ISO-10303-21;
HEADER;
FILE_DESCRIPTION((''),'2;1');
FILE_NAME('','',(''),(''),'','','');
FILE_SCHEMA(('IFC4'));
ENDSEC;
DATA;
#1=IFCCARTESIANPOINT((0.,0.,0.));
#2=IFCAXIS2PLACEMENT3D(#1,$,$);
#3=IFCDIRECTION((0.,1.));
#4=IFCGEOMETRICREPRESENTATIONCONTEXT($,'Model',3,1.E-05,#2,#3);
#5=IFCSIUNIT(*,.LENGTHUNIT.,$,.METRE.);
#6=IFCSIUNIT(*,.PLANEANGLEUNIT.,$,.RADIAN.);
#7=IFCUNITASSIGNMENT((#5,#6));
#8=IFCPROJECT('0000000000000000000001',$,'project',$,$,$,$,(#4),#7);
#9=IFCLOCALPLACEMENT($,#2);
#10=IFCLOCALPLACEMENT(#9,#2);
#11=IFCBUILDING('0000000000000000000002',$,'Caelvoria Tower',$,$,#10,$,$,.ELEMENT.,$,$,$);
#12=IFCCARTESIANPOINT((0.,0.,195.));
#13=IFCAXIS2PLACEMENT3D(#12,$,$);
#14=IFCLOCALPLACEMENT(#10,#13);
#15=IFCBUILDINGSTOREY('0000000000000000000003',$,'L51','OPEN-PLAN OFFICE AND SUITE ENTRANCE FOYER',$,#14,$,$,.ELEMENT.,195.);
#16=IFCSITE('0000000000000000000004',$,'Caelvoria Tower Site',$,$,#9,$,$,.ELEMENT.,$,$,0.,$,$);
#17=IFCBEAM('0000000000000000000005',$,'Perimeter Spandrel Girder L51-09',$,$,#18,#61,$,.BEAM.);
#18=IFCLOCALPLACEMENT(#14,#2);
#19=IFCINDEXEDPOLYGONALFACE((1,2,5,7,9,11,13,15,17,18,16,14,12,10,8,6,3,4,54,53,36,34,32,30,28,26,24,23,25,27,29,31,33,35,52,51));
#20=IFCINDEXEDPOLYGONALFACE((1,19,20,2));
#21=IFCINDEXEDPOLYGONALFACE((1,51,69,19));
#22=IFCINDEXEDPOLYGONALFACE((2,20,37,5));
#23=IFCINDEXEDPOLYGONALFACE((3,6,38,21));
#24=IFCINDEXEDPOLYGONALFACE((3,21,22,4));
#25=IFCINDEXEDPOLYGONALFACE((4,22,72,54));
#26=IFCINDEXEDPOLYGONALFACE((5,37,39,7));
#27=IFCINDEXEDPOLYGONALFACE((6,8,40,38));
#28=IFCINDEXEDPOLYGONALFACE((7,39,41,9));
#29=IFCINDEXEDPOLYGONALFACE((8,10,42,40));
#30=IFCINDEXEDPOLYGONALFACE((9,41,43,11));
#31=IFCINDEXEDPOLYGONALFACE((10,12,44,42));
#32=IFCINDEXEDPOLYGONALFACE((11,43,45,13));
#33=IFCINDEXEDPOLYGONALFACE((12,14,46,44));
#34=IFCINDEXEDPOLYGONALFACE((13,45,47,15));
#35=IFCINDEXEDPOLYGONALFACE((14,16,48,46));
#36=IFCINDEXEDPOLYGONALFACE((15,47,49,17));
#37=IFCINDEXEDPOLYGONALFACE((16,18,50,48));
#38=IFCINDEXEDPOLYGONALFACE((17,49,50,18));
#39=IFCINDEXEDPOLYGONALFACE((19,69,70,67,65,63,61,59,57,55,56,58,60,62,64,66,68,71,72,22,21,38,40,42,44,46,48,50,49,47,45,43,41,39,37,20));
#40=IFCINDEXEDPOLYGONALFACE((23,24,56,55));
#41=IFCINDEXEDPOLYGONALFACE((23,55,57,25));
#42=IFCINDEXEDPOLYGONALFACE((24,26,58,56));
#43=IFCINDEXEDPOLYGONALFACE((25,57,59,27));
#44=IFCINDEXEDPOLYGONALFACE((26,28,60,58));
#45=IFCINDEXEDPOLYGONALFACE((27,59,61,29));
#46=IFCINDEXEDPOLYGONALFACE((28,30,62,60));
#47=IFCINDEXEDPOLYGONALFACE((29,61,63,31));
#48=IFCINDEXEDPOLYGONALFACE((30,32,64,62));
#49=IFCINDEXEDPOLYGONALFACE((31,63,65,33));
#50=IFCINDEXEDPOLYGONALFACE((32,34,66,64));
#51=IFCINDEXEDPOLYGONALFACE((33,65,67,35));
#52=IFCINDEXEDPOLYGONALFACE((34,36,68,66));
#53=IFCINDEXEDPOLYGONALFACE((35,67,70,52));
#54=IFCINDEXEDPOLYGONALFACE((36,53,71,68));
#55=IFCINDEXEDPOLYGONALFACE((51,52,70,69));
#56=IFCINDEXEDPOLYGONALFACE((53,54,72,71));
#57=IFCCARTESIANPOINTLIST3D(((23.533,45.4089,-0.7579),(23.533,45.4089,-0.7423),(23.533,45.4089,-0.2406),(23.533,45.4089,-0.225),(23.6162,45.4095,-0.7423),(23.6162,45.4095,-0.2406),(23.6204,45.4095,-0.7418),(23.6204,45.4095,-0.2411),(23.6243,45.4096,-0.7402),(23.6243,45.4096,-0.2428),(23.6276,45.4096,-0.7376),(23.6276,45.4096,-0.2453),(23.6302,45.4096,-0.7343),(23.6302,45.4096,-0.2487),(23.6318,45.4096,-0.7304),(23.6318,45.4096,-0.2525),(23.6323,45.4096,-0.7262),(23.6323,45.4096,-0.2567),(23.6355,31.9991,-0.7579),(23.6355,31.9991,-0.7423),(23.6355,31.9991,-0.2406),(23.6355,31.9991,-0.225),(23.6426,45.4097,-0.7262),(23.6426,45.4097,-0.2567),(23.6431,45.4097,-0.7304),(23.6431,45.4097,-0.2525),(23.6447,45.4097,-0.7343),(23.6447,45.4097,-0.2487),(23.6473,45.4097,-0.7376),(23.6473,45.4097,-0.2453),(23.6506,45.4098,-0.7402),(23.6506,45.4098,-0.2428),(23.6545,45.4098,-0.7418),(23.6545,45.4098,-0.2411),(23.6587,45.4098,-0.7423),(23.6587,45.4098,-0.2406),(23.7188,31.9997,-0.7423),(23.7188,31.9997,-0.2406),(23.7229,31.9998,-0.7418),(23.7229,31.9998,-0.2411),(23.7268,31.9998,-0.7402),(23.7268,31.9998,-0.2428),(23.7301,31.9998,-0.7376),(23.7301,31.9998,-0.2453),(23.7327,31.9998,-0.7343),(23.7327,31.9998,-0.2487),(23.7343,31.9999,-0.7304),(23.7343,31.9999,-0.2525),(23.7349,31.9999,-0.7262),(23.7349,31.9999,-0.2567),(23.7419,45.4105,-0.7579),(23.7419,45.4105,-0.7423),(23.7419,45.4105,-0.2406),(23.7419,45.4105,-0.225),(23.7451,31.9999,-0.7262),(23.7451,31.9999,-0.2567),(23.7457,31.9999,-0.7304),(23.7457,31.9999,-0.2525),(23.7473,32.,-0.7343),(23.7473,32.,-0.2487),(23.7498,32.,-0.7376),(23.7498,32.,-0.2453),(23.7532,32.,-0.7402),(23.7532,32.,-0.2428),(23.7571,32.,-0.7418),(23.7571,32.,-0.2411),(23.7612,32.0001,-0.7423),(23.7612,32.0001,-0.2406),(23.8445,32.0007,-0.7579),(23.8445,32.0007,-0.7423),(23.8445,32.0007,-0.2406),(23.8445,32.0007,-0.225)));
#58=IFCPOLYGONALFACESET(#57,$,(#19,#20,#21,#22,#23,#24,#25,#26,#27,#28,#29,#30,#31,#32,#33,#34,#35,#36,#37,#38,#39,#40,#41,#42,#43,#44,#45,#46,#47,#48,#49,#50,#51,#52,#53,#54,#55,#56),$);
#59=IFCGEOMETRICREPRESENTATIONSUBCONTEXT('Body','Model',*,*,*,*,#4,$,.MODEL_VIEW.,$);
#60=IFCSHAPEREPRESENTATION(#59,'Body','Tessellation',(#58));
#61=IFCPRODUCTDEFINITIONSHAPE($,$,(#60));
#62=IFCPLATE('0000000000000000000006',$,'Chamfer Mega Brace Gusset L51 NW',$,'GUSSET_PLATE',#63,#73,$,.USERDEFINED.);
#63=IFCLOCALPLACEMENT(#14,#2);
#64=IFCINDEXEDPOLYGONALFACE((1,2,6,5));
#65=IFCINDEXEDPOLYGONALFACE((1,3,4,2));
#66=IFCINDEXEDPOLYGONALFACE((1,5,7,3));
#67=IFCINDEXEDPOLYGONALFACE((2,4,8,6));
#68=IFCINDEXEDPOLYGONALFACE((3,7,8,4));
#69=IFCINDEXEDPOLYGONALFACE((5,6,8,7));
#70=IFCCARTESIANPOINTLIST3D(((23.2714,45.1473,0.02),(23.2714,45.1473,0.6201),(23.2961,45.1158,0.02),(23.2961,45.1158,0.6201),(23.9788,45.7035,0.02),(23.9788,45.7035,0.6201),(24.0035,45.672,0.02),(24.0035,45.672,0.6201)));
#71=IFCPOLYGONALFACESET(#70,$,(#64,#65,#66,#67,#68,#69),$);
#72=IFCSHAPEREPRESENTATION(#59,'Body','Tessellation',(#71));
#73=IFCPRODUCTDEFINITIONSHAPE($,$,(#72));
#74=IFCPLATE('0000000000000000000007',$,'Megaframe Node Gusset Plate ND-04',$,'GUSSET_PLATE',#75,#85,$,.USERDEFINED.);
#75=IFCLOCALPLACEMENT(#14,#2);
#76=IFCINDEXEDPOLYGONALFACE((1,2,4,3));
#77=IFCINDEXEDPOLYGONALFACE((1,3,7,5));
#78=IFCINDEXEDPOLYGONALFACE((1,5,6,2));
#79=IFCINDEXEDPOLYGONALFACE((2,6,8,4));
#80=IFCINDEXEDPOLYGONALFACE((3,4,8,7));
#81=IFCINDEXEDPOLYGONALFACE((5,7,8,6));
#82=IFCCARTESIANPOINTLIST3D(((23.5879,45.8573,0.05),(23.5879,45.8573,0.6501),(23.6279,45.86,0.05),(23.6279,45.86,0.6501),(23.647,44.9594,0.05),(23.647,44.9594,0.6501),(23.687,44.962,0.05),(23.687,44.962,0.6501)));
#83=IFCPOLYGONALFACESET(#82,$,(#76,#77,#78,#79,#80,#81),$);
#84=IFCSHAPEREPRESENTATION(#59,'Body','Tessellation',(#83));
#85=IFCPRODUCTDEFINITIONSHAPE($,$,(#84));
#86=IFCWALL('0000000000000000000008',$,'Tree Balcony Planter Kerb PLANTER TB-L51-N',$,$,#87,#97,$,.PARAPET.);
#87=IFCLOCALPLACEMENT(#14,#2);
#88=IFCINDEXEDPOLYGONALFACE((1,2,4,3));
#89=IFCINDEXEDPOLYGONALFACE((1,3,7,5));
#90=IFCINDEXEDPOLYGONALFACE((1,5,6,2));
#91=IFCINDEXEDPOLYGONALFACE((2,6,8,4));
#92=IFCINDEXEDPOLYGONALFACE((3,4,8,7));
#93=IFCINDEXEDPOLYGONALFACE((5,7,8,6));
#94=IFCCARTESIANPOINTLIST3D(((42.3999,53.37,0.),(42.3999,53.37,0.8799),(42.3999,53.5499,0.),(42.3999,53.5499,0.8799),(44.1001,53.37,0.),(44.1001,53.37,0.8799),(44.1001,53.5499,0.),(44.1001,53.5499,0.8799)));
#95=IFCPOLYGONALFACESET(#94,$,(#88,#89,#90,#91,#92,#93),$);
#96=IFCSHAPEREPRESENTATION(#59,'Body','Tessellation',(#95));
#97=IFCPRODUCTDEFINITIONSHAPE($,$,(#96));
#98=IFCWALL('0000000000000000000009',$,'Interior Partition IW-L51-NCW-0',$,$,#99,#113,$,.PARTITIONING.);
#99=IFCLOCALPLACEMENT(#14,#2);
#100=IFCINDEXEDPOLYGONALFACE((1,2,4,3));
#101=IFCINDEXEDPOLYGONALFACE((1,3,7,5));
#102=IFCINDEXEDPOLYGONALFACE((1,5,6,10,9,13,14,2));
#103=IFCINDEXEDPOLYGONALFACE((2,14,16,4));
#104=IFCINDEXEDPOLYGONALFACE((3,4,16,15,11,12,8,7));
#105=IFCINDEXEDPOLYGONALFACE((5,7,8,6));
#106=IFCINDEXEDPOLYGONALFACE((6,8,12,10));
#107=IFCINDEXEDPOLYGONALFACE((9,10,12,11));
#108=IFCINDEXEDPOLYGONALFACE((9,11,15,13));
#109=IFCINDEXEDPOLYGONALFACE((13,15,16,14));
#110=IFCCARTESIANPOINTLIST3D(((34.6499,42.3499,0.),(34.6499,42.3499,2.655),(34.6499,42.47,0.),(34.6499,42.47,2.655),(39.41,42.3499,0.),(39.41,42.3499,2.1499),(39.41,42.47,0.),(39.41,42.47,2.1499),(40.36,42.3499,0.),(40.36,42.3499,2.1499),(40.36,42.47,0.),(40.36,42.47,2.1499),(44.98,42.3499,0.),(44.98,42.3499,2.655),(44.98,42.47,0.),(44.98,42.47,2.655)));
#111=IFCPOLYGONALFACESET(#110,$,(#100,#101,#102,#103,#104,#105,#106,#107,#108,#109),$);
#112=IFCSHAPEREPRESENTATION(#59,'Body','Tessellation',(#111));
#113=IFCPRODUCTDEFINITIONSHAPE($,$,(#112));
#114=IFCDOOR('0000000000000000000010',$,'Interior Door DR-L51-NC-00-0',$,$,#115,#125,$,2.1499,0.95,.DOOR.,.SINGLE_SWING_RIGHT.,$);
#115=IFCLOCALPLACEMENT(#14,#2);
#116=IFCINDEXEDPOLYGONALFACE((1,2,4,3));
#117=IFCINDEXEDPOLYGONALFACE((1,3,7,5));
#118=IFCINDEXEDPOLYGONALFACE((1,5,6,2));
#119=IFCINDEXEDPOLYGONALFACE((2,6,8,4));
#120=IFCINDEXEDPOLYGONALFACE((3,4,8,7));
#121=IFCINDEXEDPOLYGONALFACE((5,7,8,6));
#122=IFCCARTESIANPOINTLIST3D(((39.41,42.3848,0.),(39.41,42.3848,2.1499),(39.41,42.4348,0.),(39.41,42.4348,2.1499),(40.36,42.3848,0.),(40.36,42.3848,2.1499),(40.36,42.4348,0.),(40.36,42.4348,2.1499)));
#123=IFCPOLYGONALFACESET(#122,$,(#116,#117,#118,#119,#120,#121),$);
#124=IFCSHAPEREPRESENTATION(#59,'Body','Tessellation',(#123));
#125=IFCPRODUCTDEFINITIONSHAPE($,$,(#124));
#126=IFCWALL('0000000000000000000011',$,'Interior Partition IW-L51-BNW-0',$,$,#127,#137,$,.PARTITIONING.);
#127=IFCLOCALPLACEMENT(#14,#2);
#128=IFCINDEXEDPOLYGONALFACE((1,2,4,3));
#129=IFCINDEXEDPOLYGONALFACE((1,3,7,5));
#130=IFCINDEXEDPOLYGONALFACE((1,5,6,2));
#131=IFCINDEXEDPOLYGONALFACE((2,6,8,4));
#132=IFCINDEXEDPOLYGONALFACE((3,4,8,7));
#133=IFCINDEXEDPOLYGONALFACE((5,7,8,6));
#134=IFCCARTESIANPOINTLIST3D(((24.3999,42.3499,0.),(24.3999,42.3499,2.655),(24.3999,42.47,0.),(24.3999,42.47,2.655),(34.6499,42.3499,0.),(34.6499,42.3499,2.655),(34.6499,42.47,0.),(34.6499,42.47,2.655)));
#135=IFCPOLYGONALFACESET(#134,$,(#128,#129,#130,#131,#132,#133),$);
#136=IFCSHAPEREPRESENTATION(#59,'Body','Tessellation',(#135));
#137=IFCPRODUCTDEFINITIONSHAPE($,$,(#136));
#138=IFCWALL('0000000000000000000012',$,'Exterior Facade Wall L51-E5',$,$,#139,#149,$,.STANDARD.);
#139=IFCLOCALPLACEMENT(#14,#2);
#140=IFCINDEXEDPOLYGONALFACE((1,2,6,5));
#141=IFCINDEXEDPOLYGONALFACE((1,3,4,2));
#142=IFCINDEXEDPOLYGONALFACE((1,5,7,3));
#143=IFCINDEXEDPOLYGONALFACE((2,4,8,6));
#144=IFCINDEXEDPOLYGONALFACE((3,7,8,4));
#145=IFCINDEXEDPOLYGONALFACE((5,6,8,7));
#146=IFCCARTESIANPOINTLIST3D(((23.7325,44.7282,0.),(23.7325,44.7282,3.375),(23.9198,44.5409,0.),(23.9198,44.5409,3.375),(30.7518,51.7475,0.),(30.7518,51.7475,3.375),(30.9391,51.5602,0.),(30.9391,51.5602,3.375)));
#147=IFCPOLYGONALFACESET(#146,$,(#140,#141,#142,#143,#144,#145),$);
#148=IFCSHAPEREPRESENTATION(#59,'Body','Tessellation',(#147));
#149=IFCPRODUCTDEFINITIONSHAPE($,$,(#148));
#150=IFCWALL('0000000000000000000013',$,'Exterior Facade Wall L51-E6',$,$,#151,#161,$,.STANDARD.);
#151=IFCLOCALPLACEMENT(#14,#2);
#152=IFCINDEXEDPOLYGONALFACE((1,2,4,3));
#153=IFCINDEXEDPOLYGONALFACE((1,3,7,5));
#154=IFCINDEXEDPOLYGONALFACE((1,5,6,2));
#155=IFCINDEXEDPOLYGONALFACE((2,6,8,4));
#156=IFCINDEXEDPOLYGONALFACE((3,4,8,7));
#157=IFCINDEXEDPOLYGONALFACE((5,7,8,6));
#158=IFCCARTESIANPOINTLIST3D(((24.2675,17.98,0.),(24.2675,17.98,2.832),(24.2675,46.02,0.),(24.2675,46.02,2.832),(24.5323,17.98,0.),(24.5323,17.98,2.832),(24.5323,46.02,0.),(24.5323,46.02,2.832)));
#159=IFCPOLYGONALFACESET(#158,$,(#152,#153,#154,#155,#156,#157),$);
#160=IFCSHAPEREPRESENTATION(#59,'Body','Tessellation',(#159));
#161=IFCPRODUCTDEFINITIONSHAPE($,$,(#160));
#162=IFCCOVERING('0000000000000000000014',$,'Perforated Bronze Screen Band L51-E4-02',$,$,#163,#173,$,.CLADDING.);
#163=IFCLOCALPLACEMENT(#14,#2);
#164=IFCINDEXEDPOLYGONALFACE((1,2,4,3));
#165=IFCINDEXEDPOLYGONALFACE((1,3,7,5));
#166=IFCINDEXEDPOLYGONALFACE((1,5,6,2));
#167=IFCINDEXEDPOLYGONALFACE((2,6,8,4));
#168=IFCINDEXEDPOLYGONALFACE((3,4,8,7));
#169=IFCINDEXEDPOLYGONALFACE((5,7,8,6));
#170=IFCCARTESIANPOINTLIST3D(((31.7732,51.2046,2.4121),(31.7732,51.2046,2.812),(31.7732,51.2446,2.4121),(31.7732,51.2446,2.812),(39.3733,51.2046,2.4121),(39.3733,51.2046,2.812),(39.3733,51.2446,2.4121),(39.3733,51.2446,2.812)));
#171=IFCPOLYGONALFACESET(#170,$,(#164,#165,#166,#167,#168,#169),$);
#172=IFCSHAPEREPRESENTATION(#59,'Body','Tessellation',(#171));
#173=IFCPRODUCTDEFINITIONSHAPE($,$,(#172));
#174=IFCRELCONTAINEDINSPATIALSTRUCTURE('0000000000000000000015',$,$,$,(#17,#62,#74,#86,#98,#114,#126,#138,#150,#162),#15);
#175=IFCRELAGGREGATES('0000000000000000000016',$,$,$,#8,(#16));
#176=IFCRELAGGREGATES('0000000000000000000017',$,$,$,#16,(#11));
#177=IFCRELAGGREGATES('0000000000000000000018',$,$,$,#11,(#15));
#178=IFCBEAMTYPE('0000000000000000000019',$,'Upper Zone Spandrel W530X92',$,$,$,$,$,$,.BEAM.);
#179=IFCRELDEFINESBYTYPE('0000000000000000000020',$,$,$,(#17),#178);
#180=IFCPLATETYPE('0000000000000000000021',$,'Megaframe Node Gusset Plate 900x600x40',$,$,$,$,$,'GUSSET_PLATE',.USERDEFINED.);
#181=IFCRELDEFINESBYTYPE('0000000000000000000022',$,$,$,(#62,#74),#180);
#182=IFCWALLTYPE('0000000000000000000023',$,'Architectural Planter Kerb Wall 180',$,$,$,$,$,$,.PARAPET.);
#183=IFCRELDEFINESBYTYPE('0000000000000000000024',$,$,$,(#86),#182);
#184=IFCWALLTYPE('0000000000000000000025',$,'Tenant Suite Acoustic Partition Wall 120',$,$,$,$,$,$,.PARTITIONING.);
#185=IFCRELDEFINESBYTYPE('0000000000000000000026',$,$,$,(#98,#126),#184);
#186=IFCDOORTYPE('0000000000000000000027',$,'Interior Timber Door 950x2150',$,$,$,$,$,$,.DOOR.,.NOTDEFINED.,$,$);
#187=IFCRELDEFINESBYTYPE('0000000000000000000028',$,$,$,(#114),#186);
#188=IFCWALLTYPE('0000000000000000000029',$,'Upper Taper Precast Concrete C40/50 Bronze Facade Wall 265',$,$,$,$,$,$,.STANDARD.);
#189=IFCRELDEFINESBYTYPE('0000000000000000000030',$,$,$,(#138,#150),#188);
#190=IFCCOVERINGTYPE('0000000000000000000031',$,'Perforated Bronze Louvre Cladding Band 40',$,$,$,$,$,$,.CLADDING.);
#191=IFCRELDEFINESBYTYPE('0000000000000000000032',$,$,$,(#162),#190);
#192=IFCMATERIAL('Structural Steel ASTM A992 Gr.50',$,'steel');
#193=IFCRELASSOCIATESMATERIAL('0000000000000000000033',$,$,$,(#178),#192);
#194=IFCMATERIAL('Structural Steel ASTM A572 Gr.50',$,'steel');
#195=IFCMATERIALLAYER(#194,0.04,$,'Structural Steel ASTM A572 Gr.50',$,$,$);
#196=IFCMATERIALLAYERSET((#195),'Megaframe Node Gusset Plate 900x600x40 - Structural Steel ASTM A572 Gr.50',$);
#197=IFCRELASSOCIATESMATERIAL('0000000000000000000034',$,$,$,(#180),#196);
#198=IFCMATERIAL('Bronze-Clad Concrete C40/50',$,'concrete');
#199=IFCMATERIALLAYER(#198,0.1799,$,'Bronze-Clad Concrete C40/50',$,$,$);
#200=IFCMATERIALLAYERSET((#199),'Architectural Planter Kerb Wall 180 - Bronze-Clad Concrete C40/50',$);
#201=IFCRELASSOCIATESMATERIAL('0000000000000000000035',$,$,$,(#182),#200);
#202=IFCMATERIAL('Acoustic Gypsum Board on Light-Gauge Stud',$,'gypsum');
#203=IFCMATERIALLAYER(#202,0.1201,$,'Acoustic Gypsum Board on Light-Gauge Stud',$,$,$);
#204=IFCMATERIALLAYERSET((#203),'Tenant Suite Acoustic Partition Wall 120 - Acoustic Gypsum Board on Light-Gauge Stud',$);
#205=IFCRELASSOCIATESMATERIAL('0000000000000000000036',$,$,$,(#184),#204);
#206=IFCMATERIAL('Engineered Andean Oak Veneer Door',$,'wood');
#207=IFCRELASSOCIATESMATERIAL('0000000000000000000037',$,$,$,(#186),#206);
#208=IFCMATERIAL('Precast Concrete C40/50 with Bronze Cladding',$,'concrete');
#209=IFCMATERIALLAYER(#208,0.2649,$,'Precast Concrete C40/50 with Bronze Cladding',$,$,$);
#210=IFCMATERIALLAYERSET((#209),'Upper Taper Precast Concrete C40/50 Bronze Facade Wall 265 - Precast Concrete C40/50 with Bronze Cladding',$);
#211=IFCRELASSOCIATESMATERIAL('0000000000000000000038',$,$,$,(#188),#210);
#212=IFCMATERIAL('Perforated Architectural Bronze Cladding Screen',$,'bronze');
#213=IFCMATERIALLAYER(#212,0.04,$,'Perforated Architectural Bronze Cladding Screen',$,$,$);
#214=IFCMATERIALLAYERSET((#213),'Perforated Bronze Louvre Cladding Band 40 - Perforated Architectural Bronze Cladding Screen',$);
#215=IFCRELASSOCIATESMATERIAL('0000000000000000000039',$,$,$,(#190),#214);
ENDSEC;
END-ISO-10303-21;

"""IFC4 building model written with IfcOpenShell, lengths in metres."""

from ifc_helpers import new_model, si_unit, direction, frame, frame_2d, origin, origin_2d, place, context, subcontext, project, spatial, rectangle, i_section, extrude, material, layer, layer_set, material_profile, profile_set, type_object, element, fill, save


model = new_model("IFC4")

# Units and contexts
model_context = context("Model", 3, precision=1e-05, world=origin(), true_north=direction((0.0, 1.0)))
body_context = subcontext(model_context, "Body", "Model", "MODEL_VIEW")
ifc_project = project(units=[si_unit("LENGTHUNIT", "METRE"), si_unit("PLANEANGLEUNIT", "RADIAN")], contexts=[model_context])

# Site, building, storey
site_placement = place(None, origin())
site = spatial("IfcSite", under=ifc_project, at=site_placement, Name="Caelvoria Tower Site", CompositionType="ELEMENT", RefElevation=0.0)
building_placement = place(site_placement, origin())
building = spatial("IfcBuilding", under=site, at=building_placement, Name="Caelvoria Tower", CompositionType="ELEMENT")
storey_placement = place(building_placement, frame((0.0, 0.0, 195.0)))
storey = spatial("IfcBuildingStorey", under=building, at=storey_placement, Name="L51", Description="OPEN-PLAN OFFICE AND SUITE ENTRANCE FOYER", CompositionType="ELEMENT", Elevation=195.0)

# Shared definitions
ifc_material_1 = material(Name="Structural Steel ASTM A572 Gr.50", Category="steel")

# Shared definitions
ifc_material_2 = material(Name="Structural Steel ASTM A992 Gr.50", Category="steel")

# Beam
ifc_material_profile_1 = material_profile(ifc_material_2, i_section(OverallWidth=0.209, OverallDepth=0.533, WebThickness=0.0103, FlangeThickness=0.0156, FilletRadius=0.0161, at=origin_2d()), Name="Structural Steel ASTM A992 Gr.50")
ifc_profile_set_1 = profile_set([ifc_material_profile_1], Name="W530X92 - Structural Steel ASTM A992 Gr.50")
beam_type_1 = type_object("IfcBeamType", Name="Upper Zone Spandrel W530X92", PredefinedType="BEAM", material=ifc_profile_set_1)
beam_1_placement = place(storey_placement, frame((23.6375, 45.4097, -0.4915), z_axis=(0.007646, -0.999971, 0.0), x_axis=(0.999971, 0.007646, 0.0)))
element("IfcBeam", 1, at=beam_1_placement, inside=storey, type_object=beam_type_1, Name="Perimeter Spandrel Girder L51-09", PredefinedType="BEAM", context=body_context, shape_type="SweptSolid", body=[
    extrude(i_section(OverallWidth=0.209, OverallDepth=0.533, WebThickness=0.0103, FlangeThickness=0.0156, FilletRadius=0.0161, at=origin_2d()), origin(), (0.0, 0.0, 1.0), 13.4102),
])

# Plates
ifc_layer_1 = layer(ifc_material_1, 0.04, Name="Structural Steel ASTM A572 Gr.50")
ifc_layer_set_1 = layer_set([ifc_layer_1], Name="Megaframe Node Gusset Plate 900x600x40 - Structural Steel ASTM A572 Gr.50")
plate_type = type_object("IfcPlateType", Name="Megaframe Node Gusset Plate 900x600x40", ElementType="GUSSET_PLATE", PredefinedType="USERDEFINED", material=ifc_layer_set_1)
for number, where, z_axis, x_axis, name in (
    (2, (23.6375, 45.4097, 0.02), (0.0, 0.0, 1.0), (0.786103, 0.618096, 0.0), "Chamfer Mega Brace Gusset L51 NW"),
    (3, (23.6375, 45.4097, 0.05), (0.0, 0.0, 1.0), (0.065668, -0.997842, 0.0), "Megaframe Node Gusset Plate ND-04"),
):
    element("IfcPlate", number, at=place(storey_placement, frame(where, z_axis=z_axis, x_axis=x_axis)), inside=storey, type_object=plate_type, Name=name, ObjectType="GUSSET_PLATE", PredefinedType="USERDEFINED", context=body_context, shape_type="SweptSolid", body=[
        extrude(rectangle(XDim=0.8999, YDim=0.04, at=origin_2d()), origin(), (0.0, 0.0, 1.0), 0.6001),
    ])

# Wall
ifc_material_3 = material(Name="Bronze-Clad Concrete C40/50", Category="concrete")
ifc_layer_2 = layer(ifc_material_3, 0.1799, Name="Bronze-Clad Concrete C40/50")
ifc_layer_set_2 = layer_set([ifc_layer_2], Name="Architectural Planter Kerb Wall 180 - Bronze-Clad Concrete C40/50")
wall_type_1 = type_object("IfcWallType", Name="Architectural Planter Kerb Wall 180", PredefinedType="PARAPET", material=ifc_layer_set_2)
wall_1_placement = place(storey_placement, frame((42.3999, 53.46, 0.0), z_axis=(0.0, 0.0, 1.0), x_axis=(1.0, 0.0, 0.0)))
element("IfcWall", 4, at=wall_1_placement, inside=storey, type_object=wall_type_1, Name="Tree Balcony Planter Kerb PLANTER TB-L51-N", PredefinedType="PARAPET", context=body_context, shape_type="SweptSolid", body=[
    extrude(rectangle(XDim=1.7002, YDim=0.1799, at=frame_2d((0.8501, 0.0))), origin(), (0.0, 0.0, 1.0), 0.8799),
])

# Wall, opening, door
ifc_material_4 = material(Name="Acoustic Gypsum Board on Light-Gauge Stud", Category="gypsum")
ifc_layer_3 = layer(ifc_material_4, 0.1201, Name="Acoustic Gypsum Board on Light-Gauge Stud")
ifc_layer_set_3 = layer_set([ifc_layer_3], Name="Tenant Suite Acoustic Partition Wall 120 - Acoustic Gypsum Board on Light-Gauge Stud")
wall_type_2 = type_object("IfcWallType", Name="Tenant Suite Acoustic Partition Wall 120", PredefinedType="PARTITIONING", material=ifc_layer_set_3)
wall_2_placement = place(storey_placement, frame((34.6499, 42.4099, 0.0), z_axis=(0.0, 0.0, 1.0), x_axis=(1.0, 0.0, 0.0)))
wall_2 = element("IfcWall", 5, at=wall_2_placement, inside=storey, type_object=wall_type_2, Name="Interior Partition IW-L51-NCW-0", PredefinedType="PARTITIONING", context=body_context, shape_type="SweptSolid", body=[
    extrude(rectangle(XDim=10.3301, YDim=0.1201, at=frame_2d((5.165, 0.0))), origin(), (0.0, 0.0, 1.0), 2.655),
])
opening_placement = place(wall_2_placement, frame((4.76, 0.0, 0.0)))
opening = element("IfcOpeningElement", 6, at=opening_placement, cuts=wall_2, PredefinedType="OPENING", context=body_context, shape_type="SweptSolid", body=[
    extrude(rectangle(XDim=0.95, YDim=2.1499, at=frame_2d((0.4751, 1.075))), frame((0.0, 0.0701, 0.0), z_axis=(0.0, -1.0, 0.0), x_axis=(1.0, 0.0, 0.0)), (0.0, 0.0, 1.0), 0.1401),
])
ifc_material_5 = material(Name="Engineered Andean Oak Veneer Door", Category="wood")
door_type = type_object("IfcDoorType", Name="Interior Timber Door 950x2150", OperationType="NOTDEFINED", PredefinedType="DOOR", material=ifc_material_5)
door_placement = place(opening_placement, origin())
door = element("IfcDoor", 7, at=door_placement, inside=storey, type_object=door_type, Name="Interior Door DR-L51-NC-00-0", OperationType="SINGLE_SWING_RIGHT", OverallHeight=2.1499, OverallWidth=0.95, PredefinedType="DOOR", context=body_context, shape_type="SweptSolid", body=[
    extrude(rectangle(XDim=0.95, YDim=2.1499, at=frame_2d((0.4751, 1.075))), frame((0.0, 0.0249, 0.0), z_axis=(0.0, -1.0, 0.0), x_axis=(1.0, 0.0, 0.0)), (0.0, 0.0, 1.0), 0.05),
])
fill(opening, door)

# Walls
wall_3_placement = place(storey_placement, frame((34.6499, 42.4099, 0.0), z_axis=(0.0, 0.0, 1.0), x_axis=(-1.0, 0.0, 0.0)))
element("IfcWall", 8, at=wall_3_placement, inside=storey, type_object=wall_type_2, Name="Interior Partition IW-L51-BNW-0", PredefinedType="PARTITIONING", context=body_context, shape_type="SweptSolid", body=[
    extrude(rectangle(XDim=10.25, YDim=0.1201, at=frame_2d((5.125, 0.0))), origin(), (0.0, 0.0, 1.0), 2.655),
])
ifc_material_6 = material(Name="Precast Concrete C40/50 with Bronze Cladding", Category="concrete")
ifc_layer_4 = layer(ifc_material_6, 0.2649, Name="Precast Concrete C40/50 with Bronze Cladding")
ifc_layer_set_4 = layer_set([ifc_layer_4], Name="Upper Taper Precast Concrete C40/50 Bronze Facade Wall 265 - Precast Concrete C40/50 with Bronze Cladding")
wall_type_3 = type_object("IfcWallType", Name="Upper Taper Precast Concrete C40/50 Bronze Facade Wall 265", PredefinedType="STANDARD", material=ifc_layer_set_4)
wall_4_placement = place(storey_placement, frame((30.8455, 51.6538, 0.0), z_axis=(0.0, 0.0, 1.0), x_axis=(-0.707107, -0.707107, 0.0)))
element("IfcWall", 9, at=wall_4_placement, inside=storey, type_object=wall_type_3, Name="Exterior Facade Wall L51-E5", PredefinedType="STANDARD", context=body_context, shape_type="SweptSolid", body=[
    extrude(rectangle(XDim=9.9268, YDim=0.2649, at=frame_2d((4.9634, 0.0))), origin(), (0.0, 0.0, 1.0), 3.375),
])
wall_5_placement = place(storey_placement, frame((24.3999, 46.02, 0.0), z_axis=(0.0, 0.0, 1.0), x_axis=(0.0, -1.0, 0.0)))
element("IfcWall", 10, at=wall_5_placement, inside=storey, type_object=wall_type_3, Name="Exterior Facade Wall L51-E6", PredefinedType="STANDARD", context=body_context, shape_type="SweptSolid", body=[
    extrude(rectangle(XDim=28.04, YDim=0.2649, at=frame_2d((14.02, 0.0))), origin(), (0.0, 0.0, 1.0), 2.832),
])

# Covering
ifc_material_7 = material(Name="Perforated Architectural Bronze Cladding Screen", Category="bronze")
ifc_layer_5 = layer(ifc_material_7, 0.04, Name="Perforated Architectural Bronze Cladding Screen")
ifc_layer_set_5 = layer_set([ifc_layer_5], Name="Perforated Bronze Louvre Cladding Band 40 - Perforated Architectural Bronze Cladding Screen")
covering_type = type_object("IfcCoveringType", Name="Perforated Bronze Louvre Cladding Band 40", PredefinedType="CLADDING", material=ifc_layer_set_5)
covering_1_placement = place(storey_placement, frame((35.5732, 51.2246, 2.4121), z_axis=(0.0, 0.0, 1.0), x_axis=(-1.0, 0.0, 0.0)))
element("IfcCovering", 11, at=covering_1_placement, inside=storey, type_object=covering_type, Name="Perforated Bronze Screen Band L51-E4-02", PredefinedType="CLADDING", context=body_context, shape_type="SweptSolid", body=[
    extrude(rectangle(XDim=7.6001, YDim=0.04, at=origin_2d()), origin(), (0.0, 0.0, 1.0), 0.3999),
])

save(model, "model.ifc")
